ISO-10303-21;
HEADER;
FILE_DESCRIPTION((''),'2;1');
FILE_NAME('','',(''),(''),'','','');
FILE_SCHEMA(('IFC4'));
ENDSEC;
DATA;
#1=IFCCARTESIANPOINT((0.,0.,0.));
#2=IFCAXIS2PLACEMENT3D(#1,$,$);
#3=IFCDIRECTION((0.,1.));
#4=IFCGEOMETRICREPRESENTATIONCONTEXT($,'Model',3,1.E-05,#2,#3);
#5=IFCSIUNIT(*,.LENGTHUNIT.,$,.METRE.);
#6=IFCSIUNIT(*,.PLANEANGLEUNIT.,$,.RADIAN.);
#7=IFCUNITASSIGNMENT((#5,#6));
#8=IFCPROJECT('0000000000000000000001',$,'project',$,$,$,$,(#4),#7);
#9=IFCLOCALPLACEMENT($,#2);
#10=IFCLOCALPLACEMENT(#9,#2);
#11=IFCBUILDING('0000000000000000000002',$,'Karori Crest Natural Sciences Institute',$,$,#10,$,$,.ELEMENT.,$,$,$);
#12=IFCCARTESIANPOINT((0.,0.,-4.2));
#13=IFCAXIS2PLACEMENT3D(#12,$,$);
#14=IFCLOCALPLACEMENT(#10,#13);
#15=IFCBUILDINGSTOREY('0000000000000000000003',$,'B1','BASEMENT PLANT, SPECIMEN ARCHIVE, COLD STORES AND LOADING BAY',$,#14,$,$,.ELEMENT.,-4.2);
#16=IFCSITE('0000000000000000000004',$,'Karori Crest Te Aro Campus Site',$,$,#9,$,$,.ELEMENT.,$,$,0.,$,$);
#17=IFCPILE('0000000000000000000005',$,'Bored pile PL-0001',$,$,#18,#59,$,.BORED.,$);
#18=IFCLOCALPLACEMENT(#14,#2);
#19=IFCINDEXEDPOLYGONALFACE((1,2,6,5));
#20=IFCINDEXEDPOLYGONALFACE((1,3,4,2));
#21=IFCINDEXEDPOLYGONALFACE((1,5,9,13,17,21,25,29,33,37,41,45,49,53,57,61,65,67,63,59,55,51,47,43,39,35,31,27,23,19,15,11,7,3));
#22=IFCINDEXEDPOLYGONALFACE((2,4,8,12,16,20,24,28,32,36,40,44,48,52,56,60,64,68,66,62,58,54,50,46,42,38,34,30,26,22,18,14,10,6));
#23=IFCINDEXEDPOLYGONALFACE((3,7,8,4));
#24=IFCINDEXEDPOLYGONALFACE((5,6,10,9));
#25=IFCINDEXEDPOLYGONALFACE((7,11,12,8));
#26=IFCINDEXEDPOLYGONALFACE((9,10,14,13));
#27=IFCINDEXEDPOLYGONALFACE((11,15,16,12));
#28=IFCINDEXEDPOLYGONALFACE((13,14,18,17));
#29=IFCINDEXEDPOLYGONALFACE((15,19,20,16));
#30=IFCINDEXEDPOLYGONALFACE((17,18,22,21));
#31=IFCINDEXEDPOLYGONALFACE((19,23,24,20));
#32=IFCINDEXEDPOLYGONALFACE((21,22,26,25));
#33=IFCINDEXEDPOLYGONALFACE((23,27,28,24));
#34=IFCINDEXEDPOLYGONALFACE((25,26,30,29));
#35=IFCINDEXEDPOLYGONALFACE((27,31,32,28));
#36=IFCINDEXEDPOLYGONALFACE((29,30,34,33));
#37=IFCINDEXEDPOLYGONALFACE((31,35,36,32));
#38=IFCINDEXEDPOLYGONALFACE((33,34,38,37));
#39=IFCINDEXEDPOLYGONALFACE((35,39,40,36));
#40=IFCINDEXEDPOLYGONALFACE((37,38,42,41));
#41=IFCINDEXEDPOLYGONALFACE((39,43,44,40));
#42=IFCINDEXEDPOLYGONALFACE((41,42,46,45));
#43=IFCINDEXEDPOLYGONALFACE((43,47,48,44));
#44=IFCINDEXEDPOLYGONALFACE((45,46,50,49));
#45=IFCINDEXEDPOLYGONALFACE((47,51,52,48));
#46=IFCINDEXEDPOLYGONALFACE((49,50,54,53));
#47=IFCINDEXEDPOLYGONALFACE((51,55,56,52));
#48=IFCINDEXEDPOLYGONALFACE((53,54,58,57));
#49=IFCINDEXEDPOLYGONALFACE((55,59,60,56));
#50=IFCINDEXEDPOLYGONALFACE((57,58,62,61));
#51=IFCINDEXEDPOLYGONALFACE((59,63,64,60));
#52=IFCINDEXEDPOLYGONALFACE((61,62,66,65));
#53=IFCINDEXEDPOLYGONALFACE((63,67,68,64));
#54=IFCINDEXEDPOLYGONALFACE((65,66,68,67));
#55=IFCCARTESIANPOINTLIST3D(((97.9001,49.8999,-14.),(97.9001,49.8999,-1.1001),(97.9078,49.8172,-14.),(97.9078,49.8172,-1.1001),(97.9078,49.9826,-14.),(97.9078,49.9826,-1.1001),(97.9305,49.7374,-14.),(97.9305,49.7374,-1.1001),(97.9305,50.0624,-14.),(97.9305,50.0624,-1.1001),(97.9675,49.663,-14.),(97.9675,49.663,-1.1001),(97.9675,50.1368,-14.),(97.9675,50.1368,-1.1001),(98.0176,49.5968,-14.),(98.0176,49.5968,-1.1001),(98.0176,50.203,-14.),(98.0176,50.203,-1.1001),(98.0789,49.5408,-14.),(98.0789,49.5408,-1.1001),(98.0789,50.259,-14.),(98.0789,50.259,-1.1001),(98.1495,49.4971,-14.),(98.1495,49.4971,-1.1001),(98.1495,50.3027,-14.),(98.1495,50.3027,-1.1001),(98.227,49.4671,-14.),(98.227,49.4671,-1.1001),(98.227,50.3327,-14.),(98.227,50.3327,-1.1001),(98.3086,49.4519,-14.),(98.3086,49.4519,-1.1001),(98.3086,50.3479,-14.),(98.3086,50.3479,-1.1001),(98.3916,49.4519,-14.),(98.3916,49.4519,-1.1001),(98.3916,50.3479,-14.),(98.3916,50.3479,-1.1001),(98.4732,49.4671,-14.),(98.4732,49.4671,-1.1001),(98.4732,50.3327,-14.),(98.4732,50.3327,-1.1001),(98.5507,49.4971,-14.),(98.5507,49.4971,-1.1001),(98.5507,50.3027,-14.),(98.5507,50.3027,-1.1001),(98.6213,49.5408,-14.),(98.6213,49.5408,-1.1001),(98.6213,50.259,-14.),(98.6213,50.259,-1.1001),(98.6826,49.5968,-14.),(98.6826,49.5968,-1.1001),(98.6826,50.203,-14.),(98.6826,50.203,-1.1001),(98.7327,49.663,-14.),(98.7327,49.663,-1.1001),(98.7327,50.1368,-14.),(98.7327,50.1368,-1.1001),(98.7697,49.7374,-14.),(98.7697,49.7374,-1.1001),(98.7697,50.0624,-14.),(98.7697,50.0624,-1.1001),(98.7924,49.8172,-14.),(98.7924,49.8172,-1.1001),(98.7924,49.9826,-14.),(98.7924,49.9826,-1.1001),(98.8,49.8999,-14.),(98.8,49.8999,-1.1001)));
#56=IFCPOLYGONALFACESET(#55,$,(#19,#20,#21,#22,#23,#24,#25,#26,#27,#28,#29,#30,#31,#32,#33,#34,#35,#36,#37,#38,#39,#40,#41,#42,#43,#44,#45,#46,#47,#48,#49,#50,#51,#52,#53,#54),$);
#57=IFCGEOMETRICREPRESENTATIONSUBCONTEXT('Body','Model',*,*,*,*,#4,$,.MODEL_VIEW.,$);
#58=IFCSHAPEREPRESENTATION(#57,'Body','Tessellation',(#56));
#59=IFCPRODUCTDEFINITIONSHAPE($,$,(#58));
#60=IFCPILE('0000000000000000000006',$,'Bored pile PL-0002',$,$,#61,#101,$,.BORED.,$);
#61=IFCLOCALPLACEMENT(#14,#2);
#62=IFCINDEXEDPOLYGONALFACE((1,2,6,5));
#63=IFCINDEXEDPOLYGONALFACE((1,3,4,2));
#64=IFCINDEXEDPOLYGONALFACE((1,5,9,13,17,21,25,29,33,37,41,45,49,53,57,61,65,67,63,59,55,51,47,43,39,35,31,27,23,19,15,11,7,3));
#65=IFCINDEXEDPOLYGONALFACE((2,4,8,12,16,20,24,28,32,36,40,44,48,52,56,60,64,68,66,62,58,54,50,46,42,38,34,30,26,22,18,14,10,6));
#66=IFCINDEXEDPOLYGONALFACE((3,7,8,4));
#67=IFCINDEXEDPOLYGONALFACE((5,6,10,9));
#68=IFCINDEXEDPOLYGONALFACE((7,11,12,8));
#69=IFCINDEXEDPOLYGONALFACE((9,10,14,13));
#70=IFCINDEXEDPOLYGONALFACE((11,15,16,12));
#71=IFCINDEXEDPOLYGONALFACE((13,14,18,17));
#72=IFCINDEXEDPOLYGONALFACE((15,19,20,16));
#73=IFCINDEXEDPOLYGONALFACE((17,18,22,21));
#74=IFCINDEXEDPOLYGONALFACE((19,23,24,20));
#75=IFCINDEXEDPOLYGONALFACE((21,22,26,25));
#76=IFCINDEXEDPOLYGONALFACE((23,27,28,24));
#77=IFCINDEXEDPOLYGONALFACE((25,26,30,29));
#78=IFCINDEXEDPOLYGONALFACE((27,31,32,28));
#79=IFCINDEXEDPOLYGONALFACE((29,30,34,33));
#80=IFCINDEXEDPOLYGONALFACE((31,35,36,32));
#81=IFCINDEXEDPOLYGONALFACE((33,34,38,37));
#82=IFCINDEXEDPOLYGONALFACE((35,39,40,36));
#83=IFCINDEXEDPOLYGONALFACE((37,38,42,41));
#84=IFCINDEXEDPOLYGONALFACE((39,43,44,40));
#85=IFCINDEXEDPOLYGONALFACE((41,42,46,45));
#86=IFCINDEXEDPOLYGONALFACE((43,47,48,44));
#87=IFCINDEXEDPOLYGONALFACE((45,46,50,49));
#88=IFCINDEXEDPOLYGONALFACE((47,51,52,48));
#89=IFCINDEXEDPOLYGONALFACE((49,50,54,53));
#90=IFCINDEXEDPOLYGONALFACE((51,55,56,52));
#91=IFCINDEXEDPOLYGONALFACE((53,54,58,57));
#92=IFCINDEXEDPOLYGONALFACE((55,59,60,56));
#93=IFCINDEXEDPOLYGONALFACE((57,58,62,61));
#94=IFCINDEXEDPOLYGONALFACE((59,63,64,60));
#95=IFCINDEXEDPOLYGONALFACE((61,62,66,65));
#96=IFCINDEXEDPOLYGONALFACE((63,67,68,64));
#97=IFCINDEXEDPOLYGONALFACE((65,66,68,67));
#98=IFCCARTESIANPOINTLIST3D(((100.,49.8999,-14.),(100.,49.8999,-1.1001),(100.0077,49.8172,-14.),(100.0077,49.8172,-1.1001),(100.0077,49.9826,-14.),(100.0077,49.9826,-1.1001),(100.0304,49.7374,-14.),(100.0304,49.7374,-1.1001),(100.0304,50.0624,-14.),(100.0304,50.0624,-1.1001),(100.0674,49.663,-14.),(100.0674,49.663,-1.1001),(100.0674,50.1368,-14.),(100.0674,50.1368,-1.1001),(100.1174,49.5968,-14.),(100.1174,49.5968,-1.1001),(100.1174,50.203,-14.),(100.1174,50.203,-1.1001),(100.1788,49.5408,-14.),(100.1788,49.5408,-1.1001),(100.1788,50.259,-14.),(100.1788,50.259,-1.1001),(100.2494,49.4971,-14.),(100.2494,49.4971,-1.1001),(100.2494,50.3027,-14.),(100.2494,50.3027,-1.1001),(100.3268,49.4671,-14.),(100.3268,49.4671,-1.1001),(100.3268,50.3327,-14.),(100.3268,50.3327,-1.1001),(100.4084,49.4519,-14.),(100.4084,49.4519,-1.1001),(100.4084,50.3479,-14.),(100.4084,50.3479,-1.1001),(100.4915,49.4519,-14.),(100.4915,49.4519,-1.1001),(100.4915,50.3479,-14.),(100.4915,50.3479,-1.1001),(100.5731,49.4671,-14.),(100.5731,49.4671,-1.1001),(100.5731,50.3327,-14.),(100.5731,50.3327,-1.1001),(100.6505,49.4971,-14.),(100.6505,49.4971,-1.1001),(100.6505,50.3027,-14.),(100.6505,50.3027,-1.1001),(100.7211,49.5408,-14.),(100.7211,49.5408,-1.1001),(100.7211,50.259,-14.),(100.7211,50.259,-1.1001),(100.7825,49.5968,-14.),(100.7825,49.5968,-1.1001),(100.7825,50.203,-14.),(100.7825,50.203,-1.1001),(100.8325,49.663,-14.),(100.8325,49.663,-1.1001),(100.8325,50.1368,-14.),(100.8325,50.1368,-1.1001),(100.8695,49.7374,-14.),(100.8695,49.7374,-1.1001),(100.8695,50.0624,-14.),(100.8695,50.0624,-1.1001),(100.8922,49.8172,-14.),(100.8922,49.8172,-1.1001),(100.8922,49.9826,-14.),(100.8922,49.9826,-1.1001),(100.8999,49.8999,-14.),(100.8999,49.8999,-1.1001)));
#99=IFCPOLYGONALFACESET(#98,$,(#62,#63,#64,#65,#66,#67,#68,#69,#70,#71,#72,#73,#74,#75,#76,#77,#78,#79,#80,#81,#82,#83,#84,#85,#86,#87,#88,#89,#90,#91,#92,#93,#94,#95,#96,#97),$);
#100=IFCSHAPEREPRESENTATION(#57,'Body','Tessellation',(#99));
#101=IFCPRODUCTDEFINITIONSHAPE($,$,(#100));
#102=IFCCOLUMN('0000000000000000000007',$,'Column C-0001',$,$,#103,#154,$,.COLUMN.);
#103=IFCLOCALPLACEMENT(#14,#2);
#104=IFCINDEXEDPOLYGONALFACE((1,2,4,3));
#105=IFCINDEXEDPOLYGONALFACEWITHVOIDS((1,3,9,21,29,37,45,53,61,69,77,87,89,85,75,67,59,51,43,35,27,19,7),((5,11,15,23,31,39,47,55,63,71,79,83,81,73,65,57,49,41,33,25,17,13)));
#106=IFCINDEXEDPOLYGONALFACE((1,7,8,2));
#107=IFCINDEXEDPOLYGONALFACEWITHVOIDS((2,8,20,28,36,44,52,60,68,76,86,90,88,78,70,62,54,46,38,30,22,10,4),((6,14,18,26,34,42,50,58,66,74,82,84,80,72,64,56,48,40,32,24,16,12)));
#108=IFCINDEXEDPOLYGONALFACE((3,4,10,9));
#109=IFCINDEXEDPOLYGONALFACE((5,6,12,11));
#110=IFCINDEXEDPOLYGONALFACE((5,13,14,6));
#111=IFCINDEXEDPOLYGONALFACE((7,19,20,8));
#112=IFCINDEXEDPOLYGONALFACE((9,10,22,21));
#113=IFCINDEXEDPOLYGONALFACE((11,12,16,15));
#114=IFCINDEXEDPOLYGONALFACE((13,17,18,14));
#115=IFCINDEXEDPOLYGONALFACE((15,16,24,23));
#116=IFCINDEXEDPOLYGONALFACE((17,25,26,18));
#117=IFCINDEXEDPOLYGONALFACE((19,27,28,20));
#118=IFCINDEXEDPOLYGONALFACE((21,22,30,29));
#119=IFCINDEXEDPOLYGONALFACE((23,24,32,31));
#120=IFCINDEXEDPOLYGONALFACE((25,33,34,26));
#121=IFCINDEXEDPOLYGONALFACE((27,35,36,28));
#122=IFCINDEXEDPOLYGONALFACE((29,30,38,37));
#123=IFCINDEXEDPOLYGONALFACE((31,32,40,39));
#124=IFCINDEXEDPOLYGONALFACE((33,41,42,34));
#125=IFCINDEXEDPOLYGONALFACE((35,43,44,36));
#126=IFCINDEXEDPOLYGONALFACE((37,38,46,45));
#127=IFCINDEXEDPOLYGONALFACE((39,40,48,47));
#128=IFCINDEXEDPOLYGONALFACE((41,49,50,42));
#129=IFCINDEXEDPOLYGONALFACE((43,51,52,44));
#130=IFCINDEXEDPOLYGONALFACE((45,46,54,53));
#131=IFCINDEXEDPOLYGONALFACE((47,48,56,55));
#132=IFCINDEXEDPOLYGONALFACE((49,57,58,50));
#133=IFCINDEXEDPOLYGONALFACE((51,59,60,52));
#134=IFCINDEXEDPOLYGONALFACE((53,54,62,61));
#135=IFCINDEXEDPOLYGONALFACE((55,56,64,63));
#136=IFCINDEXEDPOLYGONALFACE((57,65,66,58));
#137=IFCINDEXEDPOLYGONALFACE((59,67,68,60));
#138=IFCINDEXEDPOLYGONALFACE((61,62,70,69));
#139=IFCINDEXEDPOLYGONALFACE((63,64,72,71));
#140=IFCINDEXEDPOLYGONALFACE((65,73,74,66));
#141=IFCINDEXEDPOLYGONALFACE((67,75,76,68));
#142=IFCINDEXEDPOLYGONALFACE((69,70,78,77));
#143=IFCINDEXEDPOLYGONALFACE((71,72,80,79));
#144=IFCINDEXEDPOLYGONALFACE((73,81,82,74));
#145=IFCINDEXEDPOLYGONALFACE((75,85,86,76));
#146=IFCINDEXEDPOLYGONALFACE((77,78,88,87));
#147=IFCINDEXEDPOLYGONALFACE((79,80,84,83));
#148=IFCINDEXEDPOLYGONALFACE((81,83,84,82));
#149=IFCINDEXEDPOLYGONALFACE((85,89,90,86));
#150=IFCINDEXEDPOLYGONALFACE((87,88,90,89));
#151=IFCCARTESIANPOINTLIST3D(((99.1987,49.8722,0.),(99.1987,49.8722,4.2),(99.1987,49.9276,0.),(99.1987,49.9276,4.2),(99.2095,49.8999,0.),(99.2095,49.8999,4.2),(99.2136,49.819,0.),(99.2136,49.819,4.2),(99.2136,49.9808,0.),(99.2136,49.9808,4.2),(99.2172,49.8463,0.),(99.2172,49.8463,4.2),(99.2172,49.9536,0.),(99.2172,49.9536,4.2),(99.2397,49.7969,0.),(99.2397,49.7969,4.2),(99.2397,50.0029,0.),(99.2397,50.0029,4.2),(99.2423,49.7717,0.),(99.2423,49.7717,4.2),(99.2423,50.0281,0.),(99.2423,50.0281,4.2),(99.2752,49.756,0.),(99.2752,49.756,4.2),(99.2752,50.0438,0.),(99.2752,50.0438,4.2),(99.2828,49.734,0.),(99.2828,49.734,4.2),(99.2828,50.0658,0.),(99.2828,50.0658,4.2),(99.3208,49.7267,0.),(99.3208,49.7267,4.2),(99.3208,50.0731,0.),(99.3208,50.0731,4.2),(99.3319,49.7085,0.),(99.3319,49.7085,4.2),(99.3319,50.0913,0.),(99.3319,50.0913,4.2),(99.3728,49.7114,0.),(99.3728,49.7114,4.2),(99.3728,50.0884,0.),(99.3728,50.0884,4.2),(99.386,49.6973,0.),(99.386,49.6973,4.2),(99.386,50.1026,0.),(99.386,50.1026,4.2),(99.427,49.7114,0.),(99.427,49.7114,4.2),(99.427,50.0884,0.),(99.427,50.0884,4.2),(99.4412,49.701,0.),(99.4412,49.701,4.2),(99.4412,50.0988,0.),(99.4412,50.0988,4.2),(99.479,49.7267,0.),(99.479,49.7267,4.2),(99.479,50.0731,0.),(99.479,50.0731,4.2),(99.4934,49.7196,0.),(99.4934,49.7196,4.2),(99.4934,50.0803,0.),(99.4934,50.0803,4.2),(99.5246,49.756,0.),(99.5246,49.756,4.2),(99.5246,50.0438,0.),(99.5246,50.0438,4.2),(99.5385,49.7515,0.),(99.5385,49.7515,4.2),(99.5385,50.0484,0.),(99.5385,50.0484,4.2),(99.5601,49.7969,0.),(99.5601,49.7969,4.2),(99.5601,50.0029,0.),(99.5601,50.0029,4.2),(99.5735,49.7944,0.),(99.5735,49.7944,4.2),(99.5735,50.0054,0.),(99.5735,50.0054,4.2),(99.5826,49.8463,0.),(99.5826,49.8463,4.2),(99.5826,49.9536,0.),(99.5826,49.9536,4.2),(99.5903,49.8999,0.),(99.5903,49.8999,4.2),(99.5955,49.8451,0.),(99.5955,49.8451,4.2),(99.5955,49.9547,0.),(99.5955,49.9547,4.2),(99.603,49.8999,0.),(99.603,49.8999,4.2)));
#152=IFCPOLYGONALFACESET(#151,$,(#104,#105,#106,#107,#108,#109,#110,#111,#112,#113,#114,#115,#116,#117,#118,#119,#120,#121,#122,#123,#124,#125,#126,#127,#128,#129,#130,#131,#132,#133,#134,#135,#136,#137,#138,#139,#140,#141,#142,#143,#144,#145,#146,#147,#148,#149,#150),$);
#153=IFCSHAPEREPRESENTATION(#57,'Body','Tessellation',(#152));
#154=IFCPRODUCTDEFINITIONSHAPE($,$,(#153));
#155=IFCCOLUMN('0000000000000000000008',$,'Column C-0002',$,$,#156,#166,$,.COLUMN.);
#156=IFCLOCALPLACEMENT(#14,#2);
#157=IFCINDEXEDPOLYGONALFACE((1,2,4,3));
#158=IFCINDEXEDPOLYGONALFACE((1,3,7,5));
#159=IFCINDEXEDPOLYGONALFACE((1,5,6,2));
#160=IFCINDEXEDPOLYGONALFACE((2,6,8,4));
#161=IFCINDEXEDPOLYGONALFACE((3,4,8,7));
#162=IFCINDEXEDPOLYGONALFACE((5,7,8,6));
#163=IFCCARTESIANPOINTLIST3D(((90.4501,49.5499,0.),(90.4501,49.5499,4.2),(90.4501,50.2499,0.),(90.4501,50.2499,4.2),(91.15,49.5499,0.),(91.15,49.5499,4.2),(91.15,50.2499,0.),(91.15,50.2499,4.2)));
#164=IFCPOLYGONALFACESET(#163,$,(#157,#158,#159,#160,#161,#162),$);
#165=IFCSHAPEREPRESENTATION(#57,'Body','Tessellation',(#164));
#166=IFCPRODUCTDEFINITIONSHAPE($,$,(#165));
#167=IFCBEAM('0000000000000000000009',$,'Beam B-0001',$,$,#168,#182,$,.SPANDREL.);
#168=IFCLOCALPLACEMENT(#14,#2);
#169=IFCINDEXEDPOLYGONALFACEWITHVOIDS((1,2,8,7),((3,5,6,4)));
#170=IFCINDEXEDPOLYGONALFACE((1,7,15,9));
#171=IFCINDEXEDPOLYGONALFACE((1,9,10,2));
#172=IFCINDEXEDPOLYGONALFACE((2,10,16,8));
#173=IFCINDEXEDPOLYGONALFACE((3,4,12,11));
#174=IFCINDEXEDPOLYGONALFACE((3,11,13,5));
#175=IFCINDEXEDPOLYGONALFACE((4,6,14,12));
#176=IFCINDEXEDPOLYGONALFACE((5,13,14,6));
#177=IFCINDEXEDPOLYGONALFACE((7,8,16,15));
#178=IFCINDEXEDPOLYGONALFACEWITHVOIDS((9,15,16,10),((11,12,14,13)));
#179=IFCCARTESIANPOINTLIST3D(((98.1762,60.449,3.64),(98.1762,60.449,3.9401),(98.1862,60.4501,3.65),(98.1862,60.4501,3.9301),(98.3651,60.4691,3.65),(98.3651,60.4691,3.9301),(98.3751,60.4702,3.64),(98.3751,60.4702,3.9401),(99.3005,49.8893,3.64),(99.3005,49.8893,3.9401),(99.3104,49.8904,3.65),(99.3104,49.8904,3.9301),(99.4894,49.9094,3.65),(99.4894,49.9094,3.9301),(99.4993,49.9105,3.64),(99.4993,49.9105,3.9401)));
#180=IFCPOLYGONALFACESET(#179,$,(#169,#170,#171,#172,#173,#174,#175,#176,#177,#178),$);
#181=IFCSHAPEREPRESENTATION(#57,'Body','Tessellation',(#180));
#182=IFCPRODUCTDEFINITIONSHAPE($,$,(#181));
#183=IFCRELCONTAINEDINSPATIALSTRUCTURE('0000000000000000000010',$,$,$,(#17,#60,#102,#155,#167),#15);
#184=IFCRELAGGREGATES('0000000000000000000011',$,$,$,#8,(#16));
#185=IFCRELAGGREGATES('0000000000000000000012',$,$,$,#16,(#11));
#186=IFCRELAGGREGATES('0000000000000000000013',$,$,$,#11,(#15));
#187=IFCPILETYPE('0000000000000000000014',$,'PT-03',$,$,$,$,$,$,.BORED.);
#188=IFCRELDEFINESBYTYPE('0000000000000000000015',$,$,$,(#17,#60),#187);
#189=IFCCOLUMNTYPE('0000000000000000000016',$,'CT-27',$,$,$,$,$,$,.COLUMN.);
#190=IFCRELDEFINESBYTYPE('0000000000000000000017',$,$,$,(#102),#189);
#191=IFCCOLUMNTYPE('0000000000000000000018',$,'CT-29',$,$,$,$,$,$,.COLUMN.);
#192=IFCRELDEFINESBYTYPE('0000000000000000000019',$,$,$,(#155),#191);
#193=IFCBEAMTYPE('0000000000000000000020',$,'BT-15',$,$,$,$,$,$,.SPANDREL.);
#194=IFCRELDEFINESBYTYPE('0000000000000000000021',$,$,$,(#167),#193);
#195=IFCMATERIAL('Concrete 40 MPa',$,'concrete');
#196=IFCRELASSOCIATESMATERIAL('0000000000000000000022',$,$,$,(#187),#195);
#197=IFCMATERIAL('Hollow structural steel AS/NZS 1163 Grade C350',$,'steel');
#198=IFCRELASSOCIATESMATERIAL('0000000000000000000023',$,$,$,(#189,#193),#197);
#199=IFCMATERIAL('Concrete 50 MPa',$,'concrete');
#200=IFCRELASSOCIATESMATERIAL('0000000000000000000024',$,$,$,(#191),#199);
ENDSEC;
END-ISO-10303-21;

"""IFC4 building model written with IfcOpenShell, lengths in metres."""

from ifc_helpers import new_model, si_unit, direction, frame, origin, origin_2d, place, context, subcontext, project, spatial, rectangle, hollow_rectangle, circle, hollow_circle, extrude, material, material_profile, profile_set, type_object, element, save


model = new_model("IFC4")

# Units and contexts
model_context = context("Model", 3, precision=1e-05, world=origin(), true_north=direction((0.0, 1.0)))
body_context = subcontext(model_context, "Body", "Model", "MODEL_VIEW")
ifc_project = project(units=[si_unit("LENGTHUNIT", "METRE"), si_unit("PLANEANGLEUNIT", "RADIAN")], contexts=[model_context])

# Site, building, storey
site_placement = place(None, origin())
site = spatial("IfcSite", under=ifc_project, at=site_placement, Name="Karori Crest Te Aro Campus Site", CompositionType="ELEMENT", RefElevation=0.0)
building_placement = place(site_placement, origin())
building = spatial("IfcBuilding", under=site, at=building_placement, Name="Karori Crest Natural Sciences Institute", CompositionType="ELEMENT")
storey_placement = place(building_placement, frame((0.0, 0.0, -4.2)))
storey = spatial("IfcBuildingStorey", under=building, at=storey_placement, Name="B1", Description="BASEMENT PLANT, SPECIMEN ARCHIVE, COLD STORES AND LOADING BAY", CompositionType="ELEMENT", Elevation=-4.2)

# Shared definitions
ifc_material_1 = material(Name="Concrete 40 MPa", Category="concrete")

# Piles
ifc_material_profile_1 = material_profile(ifc_material_1, circle(Radius=0.45, at=origin_2d()), Name="PILE900")
ifc_profile_set_1 = profile_set([ifc_material_profile_1], Name="Concrete 40 MPa")
pile_type_1 = type_object("IfcPileType", Name="PT-03", PredefinedType="BORED", material=ifc_profile_set_1)
for number, where, z_axis, x_axis, name in (
    (1, (98.3501, 49.8999, -1.1001), (0.0, 0.0, -1.0), (1.0, 0.0, 0.0), "Bored pile PL-0001"),
    (2, (100.45, 49.8999, -1.1001), (0.0, 0.0, -1.0), (1.0, 0.0, 0.0), "Bored pile PL-0002"),
):
    element("IfcPile", number, at=place(storey_placement, frame(where, z_axis=z_axis, x_axis=x_axis)), inside=storey, type_object=pile_type_1, Name=name, PredefinedType="BORED", context=body_context, shape_type="SweptSolid", body=[
        extrude(circle(Radius=0.45, at=origin_2d()), origin(), (0.0, 0.0, 1.0), 12.8999),
    ])

# Columns
ifc_material_2 = material(Name="Hollow structural steel AS/NZS 1163 Grade C350", Category="steel")
ifc_material_profile_2 = material_profile(ifc_material_2, hollow_circle(Radius=0.2031, WallThickness=0.0127, at=origin_2d()), Name="CHS406.4x12.7")
ifc_profile_set_2 = profile_set([ifc_material_profile_2], Name="Hollow structural steel AS/NZS 1163 Grade C350")
column_type_1 = type_object("IfcColumnType", Name="CT-27", PredefinedType="COLUMN", material=ifc_profile_set_2)
column_1_placement = place(storey_placement, frame((99.3999, 49.8999, 0.0), z_axis=(0.0, 0.0, 1.0), x_axis=(1.0, 0.0, 0.0)))
element("IfcColumn", 3, at=column_1_placement, inside=storey, type_object=column_type_1, Name="Column C-0001", PredefinedType="COLUMN", context=body_context, shape_type="SweptSolid", body=[
    extrude(hollow_circle(Radius=0.2031, WallThickness=0.0127, at=origin_2d()), origin(), (0.0, 0.0, 1.0), 4.2),
])
ifc_material_3 = material(Name="Concrete 50 MPa", Category="concrete")
ifc_material_profile_3 = material_profile(ifc_material_3, rectangle(XDim=0.7, YDim=0.7, at=origin_2d()), Name="RC700x700")
ifc_profile_set_3 = profile_set([ifc_material_profile_3], Name="Concrete 50 MPa")
column_type_2 = type_object("IfcColumnType", Name="CT-29", PredefinedType="COLUMN", material=ifc_profile_set_3)
column_2_placement = place(storey_placement, frame((90.8, 49.8999, 0.0), z_axis=(0.0, 0.0, 1.0), x_axis=(1.0, 0.0, 0.0)))
element("IfcColumn", 4, at=column_2_placement, inside=storey, type_object=column_type_2, Name="Column C-0002", PredefinedType="COLUMN", context=body_context, shape_type="SweptSolid", body=[
    extrude(rectangle(XDim=0.7, YDim=0.7, at=origin_2d()), origin(), (0.0, 0.0, 1.0), 4.2),
])

# Beam
ifc_material_profile_4 = material_profile(ifc_material_2, hollow_rectangle(XDim=0.2, YDim=0.3, WallThickness=0.01, at=origin_2d()), Name="RHS300x200x10")
ifc_profile_set_4 = profile_set([ifc_material_profile_4], Name="Hollow structural steel AS/NZS 1163 Grade C350")
beam_type_1 = type_object("IfcBeamType", Name="BT-15", PredefinedType="SPANDREL", material=ifc_profile_set_4)
beam_1_placement = place(storey_placement, frame((99.3999, 49.8999, 3.79), z_axis=(-0.105868, 0.99438, 0.0), x_axis=(-0.99438, -0.105868, 0.0)))
element("IfcBeam", 5, at=beam_1_placement, inside=storey, type_object=beam_type_1, Name="Beam B-0001", PredefinedType="SPANDREL", context=body_context, shape_type="SweptSolid", body=[
    extrude(hollow_rectangle(XDim=0.2, YDim=0.3, WallThickness=0.01, at=origin_2d()), origin(), (0.0, 0.0, 1.0), 10.6194),
])

save(model, "model.ifc")
